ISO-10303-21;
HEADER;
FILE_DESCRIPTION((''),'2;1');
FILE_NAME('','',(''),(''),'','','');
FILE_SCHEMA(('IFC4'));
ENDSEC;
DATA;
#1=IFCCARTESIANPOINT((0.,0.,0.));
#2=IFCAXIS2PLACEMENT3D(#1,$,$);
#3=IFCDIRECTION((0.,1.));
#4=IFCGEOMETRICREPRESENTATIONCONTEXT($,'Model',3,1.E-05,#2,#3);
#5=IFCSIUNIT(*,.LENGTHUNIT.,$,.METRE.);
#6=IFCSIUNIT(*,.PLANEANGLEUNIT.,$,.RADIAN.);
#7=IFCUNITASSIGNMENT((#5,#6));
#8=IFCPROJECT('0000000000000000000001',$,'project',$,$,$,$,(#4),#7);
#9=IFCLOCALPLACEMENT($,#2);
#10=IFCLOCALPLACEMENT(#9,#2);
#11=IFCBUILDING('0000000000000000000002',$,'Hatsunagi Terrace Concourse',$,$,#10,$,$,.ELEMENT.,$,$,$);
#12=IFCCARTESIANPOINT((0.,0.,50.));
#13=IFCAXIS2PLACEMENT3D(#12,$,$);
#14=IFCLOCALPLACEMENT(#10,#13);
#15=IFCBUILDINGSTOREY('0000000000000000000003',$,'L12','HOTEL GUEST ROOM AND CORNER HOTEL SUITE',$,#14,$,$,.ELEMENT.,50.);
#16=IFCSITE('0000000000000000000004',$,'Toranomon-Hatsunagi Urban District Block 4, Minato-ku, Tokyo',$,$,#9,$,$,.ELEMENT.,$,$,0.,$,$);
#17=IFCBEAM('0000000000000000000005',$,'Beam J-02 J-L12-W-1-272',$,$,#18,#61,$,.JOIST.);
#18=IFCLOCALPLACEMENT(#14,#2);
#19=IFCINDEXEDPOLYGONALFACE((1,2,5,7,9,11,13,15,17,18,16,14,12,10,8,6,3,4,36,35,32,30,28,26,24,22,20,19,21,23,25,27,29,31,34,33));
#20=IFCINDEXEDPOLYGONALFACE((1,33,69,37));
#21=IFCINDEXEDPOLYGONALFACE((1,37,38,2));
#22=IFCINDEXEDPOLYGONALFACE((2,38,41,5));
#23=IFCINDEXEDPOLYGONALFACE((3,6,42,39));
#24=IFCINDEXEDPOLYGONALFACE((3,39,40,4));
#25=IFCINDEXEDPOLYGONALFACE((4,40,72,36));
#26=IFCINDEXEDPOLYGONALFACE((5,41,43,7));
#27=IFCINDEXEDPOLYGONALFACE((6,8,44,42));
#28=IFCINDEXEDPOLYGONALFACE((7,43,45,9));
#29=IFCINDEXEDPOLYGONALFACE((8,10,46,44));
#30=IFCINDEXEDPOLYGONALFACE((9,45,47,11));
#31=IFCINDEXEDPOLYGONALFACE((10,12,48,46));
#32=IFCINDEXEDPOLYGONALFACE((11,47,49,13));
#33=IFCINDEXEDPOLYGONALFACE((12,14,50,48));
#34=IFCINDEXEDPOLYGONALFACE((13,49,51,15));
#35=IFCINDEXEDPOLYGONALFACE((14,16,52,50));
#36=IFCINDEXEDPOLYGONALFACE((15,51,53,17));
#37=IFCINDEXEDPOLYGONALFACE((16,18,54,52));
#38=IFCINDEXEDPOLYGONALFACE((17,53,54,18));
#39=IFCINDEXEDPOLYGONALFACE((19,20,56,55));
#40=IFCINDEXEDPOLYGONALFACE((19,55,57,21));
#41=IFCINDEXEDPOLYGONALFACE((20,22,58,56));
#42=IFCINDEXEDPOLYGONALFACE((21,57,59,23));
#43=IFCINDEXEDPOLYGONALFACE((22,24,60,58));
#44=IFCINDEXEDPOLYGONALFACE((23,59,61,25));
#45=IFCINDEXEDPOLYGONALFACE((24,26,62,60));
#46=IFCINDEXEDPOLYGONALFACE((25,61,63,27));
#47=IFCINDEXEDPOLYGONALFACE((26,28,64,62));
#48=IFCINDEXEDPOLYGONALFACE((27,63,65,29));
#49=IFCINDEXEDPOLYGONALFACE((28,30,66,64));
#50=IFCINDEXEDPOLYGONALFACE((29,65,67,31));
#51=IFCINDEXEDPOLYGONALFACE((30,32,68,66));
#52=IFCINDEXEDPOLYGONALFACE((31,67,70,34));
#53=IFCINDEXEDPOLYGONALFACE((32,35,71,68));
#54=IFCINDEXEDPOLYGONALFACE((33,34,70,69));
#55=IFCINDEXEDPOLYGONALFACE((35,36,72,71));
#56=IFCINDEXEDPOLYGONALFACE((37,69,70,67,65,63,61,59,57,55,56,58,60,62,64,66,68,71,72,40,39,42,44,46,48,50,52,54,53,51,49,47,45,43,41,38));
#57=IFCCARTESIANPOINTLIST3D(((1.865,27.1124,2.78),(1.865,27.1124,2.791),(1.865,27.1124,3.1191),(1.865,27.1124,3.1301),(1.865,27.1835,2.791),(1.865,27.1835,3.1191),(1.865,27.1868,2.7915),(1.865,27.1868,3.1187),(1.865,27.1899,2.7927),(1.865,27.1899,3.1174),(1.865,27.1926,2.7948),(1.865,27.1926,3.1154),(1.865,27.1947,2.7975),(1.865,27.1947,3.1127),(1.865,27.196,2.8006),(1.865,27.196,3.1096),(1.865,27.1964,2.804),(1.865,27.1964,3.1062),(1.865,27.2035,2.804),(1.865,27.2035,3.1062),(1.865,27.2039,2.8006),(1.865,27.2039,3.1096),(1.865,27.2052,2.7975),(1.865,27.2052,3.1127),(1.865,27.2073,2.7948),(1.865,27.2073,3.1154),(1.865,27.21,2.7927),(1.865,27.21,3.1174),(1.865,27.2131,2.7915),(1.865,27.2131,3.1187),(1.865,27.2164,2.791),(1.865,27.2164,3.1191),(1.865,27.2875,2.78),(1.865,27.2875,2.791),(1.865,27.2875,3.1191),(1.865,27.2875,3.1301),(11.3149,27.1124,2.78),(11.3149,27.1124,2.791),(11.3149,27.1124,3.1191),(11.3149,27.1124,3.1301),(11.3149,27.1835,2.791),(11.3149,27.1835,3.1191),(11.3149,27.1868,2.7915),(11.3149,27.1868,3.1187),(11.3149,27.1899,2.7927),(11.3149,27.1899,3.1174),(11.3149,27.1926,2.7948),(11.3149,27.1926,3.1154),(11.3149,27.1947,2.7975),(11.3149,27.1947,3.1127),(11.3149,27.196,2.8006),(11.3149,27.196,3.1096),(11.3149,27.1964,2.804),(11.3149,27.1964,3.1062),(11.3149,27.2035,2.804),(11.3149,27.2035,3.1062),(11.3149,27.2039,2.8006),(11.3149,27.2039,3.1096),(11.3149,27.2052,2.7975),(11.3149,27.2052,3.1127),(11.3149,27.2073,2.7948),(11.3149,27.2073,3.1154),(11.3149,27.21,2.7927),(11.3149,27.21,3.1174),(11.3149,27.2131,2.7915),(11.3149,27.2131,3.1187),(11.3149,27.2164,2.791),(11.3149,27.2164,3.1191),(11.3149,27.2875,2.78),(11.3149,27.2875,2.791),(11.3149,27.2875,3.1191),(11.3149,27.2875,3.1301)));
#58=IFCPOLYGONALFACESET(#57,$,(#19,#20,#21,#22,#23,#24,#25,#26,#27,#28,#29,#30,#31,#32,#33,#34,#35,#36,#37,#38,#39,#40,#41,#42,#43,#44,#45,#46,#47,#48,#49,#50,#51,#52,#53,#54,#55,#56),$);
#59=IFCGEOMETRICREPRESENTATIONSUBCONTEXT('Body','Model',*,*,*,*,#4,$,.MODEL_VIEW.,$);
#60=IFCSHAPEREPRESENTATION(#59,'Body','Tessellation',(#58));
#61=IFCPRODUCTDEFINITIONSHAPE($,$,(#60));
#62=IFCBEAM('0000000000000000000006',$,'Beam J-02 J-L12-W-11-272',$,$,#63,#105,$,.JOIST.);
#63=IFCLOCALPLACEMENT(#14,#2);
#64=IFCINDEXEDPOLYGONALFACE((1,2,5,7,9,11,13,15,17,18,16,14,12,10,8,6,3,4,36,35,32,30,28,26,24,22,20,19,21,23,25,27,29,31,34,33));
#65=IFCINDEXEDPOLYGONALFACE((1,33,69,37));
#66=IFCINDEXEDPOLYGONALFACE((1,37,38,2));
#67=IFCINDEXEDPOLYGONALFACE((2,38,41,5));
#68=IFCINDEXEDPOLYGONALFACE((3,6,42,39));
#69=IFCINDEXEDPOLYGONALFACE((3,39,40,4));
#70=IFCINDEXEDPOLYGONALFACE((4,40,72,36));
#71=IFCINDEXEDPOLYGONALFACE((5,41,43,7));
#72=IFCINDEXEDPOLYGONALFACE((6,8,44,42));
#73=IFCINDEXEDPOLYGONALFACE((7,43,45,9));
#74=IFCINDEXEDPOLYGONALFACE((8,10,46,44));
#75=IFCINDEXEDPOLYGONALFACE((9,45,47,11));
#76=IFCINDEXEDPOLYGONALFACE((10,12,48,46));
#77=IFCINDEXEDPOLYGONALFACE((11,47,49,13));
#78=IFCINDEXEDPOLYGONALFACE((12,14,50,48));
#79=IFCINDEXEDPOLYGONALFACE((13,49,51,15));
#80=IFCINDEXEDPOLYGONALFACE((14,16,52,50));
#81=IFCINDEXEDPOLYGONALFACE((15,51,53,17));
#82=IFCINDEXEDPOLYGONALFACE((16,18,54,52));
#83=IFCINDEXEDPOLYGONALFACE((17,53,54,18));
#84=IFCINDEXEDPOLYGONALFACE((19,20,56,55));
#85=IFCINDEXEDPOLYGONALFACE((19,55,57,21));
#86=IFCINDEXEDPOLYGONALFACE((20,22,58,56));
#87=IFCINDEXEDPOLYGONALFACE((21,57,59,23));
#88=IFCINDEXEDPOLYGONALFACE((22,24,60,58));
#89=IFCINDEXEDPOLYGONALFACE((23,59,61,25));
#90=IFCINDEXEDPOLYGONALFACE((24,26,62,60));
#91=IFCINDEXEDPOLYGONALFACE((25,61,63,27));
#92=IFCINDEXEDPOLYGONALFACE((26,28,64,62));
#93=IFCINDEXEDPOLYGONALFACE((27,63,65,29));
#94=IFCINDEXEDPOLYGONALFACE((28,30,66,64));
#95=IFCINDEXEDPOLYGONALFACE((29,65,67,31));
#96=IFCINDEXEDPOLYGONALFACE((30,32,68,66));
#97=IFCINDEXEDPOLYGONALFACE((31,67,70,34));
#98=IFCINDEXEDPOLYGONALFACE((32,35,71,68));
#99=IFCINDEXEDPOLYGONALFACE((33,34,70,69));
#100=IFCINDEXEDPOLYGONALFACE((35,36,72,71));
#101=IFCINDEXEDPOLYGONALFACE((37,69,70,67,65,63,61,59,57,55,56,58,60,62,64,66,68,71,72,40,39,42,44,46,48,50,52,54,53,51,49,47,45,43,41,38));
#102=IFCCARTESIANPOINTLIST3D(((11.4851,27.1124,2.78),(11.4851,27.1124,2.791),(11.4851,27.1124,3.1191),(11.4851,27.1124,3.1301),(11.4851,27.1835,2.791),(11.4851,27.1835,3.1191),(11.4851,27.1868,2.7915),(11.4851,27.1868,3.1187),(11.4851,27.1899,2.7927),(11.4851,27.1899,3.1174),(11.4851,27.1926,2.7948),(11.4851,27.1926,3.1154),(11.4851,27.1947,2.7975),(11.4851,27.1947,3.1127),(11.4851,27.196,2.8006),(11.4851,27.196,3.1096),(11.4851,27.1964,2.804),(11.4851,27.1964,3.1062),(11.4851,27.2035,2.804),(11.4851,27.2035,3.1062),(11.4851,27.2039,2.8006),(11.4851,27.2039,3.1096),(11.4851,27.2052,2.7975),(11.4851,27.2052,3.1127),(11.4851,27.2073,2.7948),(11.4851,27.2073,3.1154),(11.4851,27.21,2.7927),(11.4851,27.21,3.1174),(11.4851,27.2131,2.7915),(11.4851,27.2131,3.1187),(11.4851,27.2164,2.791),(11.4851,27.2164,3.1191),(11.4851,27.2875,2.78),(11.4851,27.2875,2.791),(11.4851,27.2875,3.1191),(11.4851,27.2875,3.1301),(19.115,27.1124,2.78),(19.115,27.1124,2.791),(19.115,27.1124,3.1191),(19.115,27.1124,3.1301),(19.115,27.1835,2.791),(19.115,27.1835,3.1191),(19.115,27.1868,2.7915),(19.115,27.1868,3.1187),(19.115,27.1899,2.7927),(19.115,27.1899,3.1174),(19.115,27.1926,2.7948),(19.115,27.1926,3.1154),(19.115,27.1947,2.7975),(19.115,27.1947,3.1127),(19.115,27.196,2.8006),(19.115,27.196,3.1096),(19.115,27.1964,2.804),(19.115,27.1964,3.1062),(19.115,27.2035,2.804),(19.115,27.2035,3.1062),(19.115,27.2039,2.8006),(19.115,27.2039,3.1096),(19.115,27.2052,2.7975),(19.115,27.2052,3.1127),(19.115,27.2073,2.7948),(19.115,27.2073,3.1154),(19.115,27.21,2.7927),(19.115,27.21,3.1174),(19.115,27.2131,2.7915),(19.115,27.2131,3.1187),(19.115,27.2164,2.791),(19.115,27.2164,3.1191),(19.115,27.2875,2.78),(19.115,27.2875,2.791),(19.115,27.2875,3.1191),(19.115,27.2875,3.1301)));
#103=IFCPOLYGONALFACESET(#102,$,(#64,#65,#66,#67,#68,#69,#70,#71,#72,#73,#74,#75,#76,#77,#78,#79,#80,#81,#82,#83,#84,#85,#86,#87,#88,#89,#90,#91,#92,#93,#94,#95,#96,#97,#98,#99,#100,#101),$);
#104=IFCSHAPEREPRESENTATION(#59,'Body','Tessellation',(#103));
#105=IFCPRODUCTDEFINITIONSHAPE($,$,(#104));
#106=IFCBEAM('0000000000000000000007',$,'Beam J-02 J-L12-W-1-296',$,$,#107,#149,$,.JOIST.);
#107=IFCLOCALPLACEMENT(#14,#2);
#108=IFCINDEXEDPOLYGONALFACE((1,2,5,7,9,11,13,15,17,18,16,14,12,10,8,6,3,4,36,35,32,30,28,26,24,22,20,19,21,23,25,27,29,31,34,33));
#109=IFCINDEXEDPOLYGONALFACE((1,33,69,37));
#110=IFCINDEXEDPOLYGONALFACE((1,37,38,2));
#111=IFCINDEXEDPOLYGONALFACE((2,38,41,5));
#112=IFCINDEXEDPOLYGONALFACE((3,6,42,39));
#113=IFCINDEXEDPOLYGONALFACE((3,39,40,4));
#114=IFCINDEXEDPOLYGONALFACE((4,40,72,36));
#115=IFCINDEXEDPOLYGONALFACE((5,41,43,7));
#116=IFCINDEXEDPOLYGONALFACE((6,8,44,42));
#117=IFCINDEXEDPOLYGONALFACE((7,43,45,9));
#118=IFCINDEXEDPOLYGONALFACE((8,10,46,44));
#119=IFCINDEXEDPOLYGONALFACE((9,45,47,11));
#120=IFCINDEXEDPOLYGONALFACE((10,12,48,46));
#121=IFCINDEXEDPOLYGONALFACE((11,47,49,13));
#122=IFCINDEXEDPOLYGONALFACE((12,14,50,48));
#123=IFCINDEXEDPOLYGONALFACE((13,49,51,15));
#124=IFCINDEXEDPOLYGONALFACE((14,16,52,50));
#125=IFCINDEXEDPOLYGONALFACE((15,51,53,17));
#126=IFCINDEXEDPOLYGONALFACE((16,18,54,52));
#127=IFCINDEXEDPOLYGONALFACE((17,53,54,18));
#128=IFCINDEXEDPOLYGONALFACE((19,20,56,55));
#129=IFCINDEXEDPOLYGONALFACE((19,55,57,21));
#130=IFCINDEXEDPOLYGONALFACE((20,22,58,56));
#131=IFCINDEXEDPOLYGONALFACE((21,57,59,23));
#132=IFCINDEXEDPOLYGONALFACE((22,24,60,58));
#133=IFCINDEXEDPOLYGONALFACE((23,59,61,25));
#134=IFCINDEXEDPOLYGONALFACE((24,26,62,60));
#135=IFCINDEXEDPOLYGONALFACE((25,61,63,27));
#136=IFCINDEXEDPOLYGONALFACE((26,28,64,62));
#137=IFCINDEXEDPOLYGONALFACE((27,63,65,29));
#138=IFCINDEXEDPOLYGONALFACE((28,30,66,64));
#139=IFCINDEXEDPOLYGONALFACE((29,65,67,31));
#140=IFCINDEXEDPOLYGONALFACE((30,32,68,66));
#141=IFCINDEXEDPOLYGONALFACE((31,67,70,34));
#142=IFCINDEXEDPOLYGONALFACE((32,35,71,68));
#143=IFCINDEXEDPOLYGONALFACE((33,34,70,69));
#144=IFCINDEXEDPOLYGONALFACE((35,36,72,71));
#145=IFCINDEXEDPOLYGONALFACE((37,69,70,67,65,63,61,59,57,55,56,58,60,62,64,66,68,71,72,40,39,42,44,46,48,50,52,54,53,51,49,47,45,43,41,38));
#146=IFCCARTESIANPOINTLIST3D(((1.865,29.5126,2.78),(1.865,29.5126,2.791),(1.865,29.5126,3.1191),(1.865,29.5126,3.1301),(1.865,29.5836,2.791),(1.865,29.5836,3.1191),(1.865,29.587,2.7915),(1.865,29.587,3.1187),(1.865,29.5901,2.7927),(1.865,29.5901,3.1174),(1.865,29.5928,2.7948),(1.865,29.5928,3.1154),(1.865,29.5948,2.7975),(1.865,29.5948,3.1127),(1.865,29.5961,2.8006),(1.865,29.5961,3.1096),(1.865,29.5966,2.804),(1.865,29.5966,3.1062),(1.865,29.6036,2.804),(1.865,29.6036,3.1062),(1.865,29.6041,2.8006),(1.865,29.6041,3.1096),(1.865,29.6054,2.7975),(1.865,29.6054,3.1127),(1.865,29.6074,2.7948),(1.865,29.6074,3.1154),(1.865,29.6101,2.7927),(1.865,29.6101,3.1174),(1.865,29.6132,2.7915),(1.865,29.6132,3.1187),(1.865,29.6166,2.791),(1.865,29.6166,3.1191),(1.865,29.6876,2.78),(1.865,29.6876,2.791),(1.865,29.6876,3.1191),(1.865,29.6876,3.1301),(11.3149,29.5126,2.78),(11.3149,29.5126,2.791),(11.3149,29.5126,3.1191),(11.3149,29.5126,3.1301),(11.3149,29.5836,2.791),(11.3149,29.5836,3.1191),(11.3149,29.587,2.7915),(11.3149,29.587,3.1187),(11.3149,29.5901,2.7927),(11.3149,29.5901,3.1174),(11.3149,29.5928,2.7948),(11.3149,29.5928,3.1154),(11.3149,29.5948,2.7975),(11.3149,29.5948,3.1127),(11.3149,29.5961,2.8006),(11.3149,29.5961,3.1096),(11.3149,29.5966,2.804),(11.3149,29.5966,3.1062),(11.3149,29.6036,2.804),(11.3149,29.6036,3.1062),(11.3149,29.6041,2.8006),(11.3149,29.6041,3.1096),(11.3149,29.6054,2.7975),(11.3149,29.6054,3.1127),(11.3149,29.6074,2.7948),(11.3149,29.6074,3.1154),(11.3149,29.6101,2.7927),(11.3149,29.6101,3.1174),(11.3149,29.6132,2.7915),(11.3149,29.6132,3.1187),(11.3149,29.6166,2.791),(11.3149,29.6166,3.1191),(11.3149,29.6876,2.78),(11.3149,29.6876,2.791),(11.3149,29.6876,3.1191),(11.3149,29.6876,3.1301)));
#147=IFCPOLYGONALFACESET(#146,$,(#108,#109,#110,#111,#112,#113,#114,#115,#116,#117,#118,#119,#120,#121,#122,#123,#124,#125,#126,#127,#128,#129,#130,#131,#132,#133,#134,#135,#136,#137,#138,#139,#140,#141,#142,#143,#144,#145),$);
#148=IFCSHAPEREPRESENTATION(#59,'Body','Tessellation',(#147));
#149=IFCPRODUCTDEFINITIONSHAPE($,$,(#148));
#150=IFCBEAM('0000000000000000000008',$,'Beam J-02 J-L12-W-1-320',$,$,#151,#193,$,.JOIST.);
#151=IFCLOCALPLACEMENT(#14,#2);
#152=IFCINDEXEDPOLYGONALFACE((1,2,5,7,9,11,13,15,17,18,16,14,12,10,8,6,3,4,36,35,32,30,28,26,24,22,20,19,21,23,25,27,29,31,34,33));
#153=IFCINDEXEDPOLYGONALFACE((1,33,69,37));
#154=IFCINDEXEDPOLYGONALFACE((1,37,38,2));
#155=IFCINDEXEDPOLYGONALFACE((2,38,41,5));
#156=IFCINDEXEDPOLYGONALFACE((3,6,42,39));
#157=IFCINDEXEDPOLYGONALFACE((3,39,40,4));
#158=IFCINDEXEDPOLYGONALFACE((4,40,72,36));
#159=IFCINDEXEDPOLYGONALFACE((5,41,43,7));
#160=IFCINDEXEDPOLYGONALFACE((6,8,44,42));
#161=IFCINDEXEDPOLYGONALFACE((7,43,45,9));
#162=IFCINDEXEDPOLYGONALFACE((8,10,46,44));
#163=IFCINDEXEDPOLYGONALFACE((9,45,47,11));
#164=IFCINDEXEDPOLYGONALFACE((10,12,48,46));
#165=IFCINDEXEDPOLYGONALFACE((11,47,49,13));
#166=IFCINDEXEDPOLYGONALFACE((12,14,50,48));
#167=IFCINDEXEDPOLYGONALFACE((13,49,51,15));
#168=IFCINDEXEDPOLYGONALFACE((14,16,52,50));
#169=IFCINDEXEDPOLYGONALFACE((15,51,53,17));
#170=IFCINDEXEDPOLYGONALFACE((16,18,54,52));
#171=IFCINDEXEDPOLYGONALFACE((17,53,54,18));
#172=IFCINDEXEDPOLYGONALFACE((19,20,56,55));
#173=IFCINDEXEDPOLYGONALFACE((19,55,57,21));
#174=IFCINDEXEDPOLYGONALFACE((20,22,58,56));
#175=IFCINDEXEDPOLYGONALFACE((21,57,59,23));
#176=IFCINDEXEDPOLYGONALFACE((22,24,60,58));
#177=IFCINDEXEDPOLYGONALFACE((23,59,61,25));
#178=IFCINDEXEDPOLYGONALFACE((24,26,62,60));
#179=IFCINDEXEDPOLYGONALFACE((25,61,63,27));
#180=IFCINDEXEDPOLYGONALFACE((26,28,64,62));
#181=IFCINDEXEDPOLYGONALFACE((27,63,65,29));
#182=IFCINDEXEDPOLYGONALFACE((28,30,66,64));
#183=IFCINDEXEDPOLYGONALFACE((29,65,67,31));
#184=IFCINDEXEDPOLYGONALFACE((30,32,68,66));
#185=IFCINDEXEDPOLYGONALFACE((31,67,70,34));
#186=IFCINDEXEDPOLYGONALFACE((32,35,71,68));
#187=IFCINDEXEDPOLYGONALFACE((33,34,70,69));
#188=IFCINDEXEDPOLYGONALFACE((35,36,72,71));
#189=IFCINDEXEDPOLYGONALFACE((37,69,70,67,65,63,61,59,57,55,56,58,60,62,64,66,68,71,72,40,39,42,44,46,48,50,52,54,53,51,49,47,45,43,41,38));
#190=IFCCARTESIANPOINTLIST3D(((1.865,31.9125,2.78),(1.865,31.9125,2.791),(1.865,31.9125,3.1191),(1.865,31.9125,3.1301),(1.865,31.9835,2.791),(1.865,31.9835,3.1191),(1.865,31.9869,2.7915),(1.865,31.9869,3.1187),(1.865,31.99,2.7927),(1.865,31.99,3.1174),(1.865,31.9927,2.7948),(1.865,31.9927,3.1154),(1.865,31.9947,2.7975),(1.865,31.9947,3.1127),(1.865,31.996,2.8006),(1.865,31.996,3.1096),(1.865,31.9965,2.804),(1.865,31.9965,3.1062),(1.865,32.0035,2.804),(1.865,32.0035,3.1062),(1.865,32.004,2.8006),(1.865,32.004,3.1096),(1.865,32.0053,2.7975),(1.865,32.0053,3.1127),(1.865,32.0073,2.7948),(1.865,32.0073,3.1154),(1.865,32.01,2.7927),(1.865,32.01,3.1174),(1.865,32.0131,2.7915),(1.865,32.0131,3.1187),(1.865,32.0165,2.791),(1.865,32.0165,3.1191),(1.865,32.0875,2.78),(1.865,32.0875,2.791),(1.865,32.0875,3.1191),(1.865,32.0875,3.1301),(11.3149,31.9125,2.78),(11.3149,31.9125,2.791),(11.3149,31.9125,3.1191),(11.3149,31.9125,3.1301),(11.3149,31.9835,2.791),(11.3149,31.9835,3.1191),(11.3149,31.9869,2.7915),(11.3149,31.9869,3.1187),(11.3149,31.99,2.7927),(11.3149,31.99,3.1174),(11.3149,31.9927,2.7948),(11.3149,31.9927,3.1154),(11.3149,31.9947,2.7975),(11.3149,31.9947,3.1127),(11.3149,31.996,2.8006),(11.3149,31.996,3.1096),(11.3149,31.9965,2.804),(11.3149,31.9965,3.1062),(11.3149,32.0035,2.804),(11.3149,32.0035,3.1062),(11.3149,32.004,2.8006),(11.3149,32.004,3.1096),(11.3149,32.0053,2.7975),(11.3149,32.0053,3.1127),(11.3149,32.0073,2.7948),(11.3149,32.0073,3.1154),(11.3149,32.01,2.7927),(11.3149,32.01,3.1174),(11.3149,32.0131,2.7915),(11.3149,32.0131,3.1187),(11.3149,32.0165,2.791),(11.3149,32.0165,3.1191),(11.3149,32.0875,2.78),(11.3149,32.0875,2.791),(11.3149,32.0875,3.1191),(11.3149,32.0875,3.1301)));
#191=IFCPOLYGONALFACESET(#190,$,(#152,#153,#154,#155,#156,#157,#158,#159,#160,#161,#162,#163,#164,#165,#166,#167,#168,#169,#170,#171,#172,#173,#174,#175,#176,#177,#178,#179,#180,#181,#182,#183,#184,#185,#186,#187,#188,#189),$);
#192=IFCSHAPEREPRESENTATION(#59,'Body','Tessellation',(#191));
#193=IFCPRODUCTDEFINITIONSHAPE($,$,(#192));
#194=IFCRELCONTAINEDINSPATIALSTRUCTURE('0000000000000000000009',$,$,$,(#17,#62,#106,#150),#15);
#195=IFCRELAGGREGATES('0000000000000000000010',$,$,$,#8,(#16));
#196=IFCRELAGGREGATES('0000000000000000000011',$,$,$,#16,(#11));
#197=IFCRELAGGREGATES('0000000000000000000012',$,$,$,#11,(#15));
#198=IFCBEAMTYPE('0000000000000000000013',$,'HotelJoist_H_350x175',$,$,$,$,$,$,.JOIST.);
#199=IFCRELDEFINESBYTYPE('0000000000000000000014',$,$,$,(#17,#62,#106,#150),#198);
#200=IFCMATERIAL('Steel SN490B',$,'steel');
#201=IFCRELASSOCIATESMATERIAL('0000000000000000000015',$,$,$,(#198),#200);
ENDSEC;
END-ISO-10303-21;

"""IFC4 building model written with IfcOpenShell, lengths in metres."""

from ifc_helpers import new_model, si_unit, direction, frame, origin, origin_2d, place, context, subcontext, project, spatial, i_section, extrude, material, material_profile, profile_set, type_object, element, save


model = new_model("IFC4")

# Units and contexts
model_context = context("Model", 3, precision=1e-05, world=origin(), true_north=direction((0.0, 1.0)))
body_context = subcontext(model_context, "Body", "Model", "MODEL_VIEW")
ifc_project = project(units=[si_unit("LENGTHUNIT", "METRE"), si_unit("PLANEANGLEUNIT", "RADIAN")], contexts=[model_context])

# Site, building, storey
site_placement = place(None, origin())
site = spatial("IfcSite", under=ifc_project, at=site_placement, Name="Toranomon-Hatsunagi Urban District Block 4, Minato-ku, Tokyo", CompositionType="ELEMENT", RefElevation=0.0)
building_placement = place(site_placement, origin())
building = spatial("IfcBuilding", under=site, at=building_placement, Name="Hatsunagi Terrace Concourse", CompositionType="ELEMENT")
storey_placement = place(building_placement, frame((0.0, 0.0, 50.0)))
storey = spatial("IfcBuildingStorey", under=building, at=storey_placement, Name="L12", Description="HOTEL GUEST ROOM AND CORNER HOTEL SUITE", CompositionType="ELEMENT", Elevation=50.0)

# Beams
ifc_material_1 = material(Name="Steel SN490B", Category="steel")
ifc_material_profile_1 = material_profile(ifc_material_1, i_section(OverallWidth=0.175, OverallDepth=0.3501, WebThickness=0.0071, FlangeThickness=0.011, FilletRadius=0.0129, at=origin_2d()), Name="H-350x175x7x11")
ifc_profile_set_1 = profile_set([ifc_material_profile_1], Name="Steel SN490B")
beam_type_1 = type_object("IfcBeamType", Name="HotelJoist_H_350x175", PredefinedType="JOIST", material=ifc_profile_set_1)
beam_1_placement = place(storey_placement, frame((1.865, 27.2, 2.9551), z_axis=(1.0, 0.0, 0.0), x_axis=(0.0, 1.0, 0.0)))
element("IfcBeam", 1, at=beam_1_placement, inside=storey, type_object=beam_type_1, Name="Beam J-02 J-L12-W-1-272", PredefinedType="JOIST", context=body_context, shape_type="SweptSolid", body=[
    extrude(i_section(OverallWidth=0.175, OverallDepth=0.3501, WebThickness=0.0071, FlangeThickness=0.011, FilletRadius=0.0129, at=origin_2d()), origin(), (0.0, 0.0, 1.0), 9.45),
])
beam_2_placement = place(storey_placement, frame((11.4851, 27.2, 2.9551), z_axis=(1.0, 0.0, 0.0), x_axis=(0.0, 1.0, 0.0)))
element("IfcBeam", 2, at=beam_2_placement, inside=storey, type_object=beam_type_1, Name="Beam J-02 J-L12-W-11-272", PredefinedType="JOIST", context=body_context, shape_type="SweptSolid", body=[
    extrude(i_section(OverallWidth=0.175, OverallDepth=0.3501, WebThickness=0.0071, FlangeThickness=0.011, FilletRadius=0.0129, at=origin_2d()), origin(), (0.0, 0.0, 1.0), 7.6299),
])
for number, where, z_axis, x_axis, name in (
    (3, (1.865, 29.6001, 2.9551), (1.0, 0.0, 0.0), (0.0, 1.0, 0.0), "Beam J-02 J-L12-W-1-296"),
    (4, (1.865, 32.0, 2.9551), (1.0, 0.0, 0.0), (0.0, 1.0, 0.0), "Beam J-02 J-L12-W-1-320"),
):
    element("IfcBeam", number, at=place(storey_placement, frame(where, z_axis=z_axis, x_axis=x_axis)), inside=storey, type_object=beam_type_1, Name=name, PredefinedType="JOIST", context=body_context, shape_type="SweptSolid", body=[
        extrude(i_section(OverallWidth=0.175, OverallDepth=0.3501, WebThickness=0.0071, FlangeThickness=0.011, FilletRadius=0.0129, at=origin_2d()), origin(), (0.0, 0.0, 1.0), 9.45),
    ])

save(model, "model.ifc")
